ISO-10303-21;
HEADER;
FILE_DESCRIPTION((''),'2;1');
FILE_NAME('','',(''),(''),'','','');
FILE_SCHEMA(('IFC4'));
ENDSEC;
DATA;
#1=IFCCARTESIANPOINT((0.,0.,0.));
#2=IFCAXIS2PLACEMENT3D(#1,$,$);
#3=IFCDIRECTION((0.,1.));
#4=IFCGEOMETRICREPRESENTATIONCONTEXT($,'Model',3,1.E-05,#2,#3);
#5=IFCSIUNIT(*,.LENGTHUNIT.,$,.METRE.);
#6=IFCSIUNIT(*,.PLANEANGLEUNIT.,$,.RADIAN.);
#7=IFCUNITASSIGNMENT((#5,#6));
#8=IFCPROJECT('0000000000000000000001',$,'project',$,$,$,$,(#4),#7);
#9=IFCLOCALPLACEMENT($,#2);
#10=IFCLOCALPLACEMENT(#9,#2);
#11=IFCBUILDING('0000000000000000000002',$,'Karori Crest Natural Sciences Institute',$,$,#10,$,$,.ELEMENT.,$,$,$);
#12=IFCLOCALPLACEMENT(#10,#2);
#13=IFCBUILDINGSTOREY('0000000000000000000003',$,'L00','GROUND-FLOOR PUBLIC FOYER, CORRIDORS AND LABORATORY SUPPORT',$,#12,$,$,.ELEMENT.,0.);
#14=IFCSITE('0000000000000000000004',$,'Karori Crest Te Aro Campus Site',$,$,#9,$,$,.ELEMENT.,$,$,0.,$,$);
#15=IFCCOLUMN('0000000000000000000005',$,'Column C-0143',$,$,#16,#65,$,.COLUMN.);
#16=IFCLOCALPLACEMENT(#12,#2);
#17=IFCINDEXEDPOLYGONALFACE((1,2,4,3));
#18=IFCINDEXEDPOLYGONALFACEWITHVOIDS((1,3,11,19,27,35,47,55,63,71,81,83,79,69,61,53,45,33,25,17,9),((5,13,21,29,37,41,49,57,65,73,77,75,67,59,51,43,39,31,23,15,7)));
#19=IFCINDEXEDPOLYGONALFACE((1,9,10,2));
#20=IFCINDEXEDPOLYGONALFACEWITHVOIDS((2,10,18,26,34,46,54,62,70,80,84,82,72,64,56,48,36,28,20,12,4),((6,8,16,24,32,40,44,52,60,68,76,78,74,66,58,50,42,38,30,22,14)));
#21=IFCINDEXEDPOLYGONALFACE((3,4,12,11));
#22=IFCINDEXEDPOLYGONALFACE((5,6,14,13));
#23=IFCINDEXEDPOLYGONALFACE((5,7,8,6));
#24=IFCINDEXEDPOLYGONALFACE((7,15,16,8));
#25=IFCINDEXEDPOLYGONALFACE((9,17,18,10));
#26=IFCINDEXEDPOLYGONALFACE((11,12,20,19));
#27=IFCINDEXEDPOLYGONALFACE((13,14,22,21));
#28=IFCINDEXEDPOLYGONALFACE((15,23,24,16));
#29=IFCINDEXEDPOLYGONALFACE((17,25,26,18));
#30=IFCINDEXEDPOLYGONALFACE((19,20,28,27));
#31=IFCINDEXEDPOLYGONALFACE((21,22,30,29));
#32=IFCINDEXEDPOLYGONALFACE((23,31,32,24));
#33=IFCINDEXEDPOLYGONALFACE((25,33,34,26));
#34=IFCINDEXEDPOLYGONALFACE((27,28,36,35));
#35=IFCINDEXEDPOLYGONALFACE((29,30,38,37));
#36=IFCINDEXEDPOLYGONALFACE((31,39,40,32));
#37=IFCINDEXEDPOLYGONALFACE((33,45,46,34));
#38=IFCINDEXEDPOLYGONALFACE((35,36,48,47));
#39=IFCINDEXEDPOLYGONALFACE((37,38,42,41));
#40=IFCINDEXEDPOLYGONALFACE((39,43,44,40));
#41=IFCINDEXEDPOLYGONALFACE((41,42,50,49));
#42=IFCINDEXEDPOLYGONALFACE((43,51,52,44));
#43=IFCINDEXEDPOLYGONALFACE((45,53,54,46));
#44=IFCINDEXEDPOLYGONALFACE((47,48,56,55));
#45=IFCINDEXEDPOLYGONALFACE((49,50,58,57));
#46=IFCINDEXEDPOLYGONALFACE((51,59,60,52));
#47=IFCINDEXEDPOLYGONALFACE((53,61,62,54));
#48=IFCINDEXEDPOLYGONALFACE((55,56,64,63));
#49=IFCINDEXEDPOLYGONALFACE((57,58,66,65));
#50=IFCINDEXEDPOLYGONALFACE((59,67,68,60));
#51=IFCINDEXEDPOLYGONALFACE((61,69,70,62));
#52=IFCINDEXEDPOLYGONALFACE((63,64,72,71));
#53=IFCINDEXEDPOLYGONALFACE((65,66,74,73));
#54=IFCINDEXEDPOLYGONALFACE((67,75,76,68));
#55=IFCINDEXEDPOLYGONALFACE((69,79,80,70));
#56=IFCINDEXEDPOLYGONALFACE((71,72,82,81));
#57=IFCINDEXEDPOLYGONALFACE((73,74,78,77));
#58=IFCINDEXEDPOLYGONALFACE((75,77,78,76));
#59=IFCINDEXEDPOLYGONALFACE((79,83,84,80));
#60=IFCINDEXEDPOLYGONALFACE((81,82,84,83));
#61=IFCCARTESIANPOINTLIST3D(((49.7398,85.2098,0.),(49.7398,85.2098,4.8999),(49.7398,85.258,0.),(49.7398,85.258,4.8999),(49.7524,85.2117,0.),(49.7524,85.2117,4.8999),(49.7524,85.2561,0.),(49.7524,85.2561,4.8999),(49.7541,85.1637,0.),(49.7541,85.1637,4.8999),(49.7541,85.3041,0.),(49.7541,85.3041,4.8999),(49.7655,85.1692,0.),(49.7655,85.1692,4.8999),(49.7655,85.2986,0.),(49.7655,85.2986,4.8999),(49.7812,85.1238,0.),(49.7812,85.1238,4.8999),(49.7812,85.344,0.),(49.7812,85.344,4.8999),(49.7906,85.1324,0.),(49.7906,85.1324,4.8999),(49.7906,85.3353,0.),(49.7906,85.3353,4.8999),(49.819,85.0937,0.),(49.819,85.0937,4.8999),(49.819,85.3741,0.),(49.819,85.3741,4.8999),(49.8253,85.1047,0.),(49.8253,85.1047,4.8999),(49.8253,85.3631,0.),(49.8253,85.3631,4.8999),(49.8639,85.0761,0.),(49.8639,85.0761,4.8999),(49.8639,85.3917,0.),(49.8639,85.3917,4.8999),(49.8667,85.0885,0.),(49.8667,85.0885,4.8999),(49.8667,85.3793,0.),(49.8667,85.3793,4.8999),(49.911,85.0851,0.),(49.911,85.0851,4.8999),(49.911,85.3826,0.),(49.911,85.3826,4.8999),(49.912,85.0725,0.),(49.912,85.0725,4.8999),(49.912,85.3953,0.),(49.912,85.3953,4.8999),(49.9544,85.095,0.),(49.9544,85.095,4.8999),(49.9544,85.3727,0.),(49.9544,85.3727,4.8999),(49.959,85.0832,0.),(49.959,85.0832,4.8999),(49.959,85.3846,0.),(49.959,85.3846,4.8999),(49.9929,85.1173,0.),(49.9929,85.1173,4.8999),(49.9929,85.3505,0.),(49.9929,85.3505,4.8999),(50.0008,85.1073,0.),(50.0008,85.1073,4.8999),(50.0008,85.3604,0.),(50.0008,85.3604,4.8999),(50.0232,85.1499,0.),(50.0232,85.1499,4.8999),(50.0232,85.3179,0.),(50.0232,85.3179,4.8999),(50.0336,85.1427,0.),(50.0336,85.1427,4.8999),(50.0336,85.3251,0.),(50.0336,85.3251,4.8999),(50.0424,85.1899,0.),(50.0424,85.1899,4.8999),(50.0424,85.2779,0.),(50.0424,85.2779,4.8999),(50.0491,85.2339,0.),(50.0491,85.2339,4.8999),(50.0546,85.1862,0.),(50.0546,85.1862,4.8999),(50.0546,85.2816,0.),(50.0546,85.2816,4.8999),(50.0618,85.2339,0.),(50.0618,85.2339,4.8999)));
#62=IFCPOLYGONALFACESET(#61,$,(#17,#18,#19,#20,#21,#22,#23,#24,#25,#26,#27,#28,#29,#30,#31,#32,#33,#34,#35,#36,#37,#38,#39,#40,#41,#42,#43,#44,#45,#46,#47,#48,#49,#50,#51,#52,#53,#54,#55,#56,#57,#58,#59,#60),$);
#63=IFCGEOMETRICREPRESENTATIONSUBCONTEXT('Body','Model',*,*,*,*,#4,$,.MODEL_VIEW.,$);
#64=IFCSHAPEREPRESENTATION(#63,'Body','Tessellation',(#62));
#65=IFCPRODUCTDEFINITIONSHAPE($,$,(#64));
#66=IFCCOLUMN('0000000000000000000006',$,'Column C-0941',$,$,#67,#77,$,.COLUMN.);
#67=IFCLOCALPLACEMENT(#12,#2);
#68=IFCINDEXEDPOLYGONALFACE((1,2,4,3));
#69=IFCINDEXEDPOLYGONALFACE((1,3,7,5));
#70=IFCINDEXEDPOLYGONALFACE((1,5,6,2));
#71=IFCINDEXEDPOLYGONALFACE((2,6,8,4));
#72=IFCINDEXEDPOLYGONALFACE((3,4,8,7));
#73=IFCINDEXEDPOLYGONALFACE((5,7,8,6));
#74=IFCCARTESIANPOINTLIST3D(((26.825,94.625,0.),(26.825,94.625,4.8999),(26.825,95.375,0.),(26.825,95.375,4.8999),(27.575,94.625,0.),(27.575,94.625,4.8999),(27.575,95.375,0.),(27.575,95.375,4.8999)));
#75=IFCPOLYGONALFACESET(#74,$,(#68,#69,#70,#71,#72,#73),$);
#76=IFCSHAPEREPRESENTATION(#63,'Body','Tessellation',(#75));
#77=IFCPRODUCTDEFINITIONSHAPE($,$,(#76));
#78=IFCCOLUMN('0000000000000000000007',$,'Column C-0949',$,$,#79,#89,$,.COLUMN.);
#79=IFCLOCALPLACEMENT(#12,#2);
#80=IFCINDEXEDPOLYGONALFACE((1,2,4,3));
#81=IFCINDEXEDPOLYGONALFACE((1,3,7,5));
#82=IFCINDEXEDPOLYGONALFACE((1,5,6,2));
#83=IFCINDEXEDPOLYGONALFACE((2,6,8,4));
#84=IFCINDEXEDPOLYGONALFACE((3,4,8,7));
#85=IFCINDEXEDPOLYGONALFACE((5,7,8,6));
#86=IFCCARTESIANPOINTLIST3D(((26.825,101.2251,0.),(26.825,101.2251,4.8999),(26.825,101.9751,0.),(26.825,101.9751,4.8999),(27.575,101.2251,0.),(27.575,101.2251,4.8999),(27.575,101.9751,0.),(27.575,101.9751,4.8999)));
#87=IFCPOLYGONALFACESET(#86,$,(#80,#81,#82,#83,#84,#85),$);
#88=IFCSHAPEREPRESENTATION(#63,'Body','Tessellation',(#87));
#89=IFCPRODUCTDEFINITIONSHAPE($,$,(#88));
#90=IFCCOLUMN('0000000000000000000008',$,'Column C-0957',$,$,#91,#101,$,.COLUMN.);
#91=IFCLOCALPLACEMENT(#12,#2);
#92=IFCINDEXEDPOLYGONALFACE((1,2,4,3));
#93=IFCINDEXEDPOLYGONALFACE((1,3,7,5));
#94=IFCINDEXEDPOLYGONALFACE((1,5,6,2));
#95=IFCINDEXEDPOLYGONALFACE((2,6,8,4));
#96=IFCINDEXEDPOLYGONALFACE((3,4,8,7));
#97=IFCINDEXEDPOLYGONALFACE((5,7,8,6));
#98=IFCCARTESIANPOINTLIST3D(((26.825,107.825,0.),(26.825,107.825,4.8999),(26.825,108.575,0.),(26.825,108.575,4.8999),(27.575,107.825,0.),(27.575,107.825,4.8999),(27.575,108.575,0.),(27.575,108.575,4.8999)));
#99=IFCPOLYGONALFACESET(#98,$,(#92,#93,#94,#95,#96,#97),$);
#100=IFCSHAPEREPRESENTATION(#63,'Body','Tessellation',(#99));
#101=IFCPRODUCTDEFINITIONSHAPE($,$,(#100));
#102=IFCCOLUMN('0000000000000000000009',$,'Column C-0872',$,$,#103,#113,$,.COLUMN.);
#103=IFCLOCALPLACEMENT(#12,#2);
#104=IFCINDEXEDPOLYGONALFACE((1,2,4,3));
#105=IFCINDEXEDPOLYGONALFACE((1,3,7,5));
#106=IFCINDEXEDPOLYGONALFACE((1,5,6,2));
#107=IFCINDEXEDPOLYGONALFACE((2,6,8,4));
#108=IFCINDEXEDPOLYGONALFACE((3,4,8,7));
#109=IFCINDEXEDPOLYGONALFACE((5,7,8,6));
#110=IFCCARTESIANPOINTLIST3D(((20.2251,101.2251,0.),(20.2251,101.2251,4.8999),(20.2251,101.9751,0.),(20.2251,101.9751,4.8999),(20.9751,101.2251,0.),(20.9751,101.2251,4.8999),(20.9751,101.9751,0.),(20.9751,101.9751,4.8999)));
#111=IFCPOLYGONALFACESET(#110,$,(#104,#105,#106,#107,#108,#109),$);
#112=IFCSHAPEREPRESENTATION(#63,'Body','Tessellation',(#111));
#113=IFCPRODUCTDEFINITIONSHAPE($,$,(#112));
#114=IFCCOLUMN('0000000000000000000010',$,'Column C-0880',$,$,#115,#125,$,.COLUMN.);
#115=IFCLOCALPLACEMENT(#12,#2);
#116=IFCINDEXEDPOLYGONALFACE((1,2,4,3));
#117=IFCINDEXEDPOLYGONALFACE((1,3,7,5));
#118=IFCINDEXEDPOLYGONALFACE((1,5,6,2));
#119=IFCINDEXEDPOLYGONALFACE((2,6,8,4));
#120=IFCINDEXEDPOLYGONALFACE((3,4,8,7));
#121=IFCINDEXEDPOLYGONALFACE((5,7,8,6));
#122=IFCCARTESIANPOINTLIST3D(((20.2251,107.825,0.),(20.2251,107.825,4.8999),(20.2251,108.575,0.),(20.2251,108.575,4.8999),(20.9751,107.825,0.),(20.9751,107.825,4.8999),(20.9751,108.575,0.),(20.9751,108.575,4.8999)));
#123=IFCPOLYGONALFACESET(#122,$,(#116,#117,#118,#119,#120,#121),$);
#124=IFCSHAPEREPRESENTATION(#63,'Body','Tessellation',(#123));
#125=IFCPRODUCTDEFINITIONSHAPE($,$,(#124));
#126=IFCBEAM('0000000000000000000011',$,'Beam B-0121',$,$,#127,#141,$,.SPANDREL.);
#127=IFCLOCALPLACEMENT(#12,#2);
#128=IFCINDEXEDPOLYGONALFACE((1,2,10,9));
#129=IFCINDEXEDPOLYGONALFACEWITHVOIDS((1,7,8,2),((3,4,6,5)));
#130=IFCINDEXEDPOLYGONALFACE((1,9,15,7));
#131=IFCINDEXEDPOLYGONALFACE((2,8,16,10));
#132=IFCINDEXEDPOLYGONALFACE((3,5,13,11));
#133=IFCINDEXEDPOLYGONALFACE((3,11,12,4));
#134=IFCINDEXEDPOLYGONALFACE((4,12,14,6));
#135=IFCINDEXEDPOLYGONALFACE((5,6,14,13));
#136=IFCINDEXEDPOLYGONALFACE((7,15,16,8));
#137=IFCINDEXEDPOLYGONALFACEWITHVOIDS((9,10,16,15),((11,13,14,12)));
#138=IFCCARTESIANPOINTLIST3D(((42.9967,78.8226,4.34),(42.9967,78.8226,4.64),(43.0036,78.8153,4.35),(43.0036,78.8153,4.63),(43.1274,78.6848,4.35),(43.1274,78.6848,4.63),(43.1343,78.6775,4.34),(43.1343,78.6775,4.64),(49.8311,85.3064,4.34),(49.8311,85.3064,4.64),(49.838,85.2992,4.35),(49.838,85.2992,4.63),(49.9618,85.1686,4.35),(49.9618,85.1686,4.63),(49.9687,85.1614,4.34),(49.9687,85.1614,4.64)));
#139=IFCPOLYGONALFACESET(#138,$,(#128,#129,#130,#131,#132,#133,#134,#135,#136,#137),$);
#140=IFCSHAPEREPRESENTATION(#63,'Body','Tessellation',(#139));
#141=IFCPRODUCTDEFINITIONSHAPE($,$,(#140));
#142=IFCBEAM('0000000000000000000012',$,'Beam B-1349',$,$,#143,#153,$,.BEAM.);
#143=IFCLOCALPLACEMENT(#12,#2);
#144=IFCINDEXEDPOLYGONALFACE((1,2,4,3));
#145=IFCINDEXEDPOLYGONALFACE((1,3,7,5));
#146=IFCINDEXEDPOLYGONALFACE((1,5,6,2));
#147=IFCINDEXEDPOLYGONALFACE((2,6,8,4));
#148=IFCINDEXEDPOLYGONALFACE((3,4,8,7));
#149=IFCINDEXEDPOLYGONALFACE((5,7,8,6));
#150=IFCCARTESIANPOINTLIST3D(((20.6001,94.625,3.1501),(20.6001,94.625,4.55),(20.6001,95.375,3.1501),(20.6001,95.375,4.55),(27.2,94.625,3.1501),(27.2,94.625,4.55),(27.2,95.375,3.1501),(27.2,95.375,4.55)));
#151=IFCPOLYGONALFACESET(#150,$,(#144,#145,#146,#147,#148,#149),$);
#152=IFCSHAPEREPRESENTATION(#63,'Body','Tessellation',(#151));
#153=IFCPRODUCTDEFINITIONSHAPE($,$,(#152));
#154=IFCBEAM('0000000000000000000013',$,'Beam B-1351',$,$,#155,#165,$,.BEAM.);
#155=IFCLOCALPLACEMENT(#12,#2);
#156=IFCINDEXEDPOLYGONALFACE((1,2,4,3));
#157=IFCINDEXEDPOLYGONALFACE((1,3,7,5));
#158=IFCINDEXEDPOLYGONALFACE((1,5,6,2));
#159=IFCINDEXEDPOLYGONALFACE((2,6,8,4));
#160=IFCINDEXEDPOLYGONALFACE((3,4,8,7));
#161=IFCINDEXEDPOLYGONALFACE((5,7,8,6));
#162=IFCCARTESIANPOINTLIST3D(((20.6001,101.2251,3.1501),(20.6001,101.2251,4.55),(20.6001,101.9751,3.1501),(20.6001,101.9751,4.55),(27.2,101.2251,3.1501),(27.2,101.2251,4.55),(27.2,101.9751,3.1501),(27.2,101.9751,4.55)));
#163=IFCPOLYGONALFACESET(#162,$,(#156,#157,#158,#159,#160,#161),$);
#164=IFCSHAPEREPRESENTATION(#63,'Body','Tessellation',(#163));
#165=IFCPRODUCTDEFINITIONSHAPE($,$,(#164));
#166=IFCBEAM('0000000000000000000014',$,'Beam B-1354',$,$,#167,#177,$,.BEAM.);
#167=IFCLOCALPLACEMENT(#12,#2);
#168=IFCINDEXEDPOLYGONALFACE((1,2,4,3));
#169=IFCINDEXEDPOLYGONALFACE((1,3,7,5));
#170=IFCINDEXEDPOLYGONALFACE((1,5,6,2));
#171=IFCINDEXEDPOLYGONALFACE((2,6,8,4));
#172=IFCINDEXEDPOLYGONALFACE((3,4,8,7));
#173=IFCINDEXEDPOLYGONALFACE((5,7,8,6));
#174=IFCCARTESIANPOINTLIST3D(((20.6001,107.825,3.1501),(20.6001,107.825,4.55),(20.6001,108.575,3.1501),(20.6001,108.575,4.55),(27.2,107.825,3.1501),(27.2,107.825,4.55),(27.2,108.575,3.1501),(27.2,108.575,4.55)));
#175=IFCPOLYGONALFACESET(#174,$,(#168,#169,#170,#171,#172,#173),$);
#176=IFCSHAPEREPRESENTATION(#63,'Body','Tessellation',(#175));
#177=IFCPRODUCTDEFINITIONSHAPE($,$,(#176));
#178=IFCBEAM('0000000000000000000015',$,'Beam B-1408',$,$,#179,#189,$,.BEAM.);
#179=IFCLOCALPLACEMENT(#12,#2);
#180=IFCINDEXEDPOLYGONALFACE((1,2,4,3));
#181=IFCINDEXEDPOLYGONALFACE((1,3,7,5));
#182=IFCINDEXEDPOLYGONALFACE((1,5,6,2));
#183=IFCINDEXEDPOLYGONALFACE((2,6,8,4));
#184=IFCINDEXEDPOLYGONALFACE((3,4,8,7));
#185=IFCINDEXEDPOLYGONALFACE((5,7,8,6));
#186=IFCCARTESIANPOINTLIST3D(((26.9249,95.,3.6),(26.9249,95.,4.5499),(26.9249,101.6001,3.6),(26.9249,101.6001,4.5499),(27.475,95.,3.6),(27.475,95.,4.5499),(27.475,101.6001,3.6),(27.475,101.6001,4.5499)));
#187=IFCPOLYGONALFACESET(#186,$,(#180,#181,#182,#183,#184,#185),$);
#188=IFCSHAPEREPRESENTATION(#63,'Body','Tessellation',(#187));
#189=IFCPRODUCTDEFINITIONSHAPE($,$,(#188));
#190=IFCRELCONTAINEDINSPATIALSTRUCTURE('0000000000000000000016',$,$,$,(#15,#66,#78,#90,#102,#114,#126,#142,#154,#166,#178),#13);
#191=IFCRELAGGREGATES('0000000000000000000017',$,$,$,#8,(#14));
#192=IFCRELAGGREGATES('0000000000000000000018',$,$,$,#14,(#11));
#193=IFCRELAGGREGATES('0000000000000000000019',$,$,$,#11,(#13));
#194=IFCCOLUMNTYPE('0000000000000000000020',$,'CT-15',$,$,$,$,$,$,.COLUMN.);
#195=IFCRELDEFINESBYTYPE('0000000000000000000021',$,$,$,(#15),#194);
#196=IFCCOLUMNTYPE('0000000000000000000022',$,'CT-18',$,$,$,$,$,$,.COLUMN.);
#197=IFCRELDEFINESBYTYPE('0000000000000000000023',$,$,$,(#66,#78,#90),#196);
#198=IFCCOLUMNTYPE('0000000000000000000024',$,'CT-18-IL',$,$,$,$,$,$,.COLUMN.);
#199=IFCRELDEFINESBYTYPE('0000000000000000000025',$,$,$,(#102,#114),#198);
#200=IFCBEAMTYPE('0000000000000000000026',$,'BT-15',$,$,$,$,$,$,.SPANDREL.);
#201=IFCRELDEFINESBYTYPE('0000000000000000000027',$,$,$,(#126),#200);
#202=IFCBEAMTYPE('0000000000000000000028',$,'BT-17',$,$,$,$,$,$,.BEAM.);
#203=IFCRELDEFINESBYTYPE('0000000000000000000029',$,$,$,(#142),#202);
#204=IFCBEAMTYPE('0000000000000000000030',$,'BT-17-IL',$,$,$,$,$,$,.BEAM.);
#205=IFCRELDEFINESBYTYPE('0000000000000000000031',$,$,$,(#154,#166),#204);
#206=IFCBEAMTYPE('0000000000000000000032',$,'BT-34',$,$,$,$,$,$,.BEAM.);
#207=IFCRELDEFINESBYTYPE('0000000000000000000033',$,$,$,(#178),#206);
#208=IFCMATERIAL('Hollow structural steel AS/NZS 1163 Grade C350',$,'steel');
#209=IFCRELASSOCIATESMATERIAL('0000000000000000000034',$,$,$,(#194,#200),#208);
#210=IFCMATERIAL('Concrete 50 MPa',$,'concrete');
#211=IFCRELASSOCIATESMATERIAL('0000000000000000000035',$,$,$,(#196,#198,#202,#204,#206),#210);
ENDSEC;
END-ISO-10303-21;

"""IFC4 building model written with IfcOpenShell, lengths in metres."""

from ifc_helpers import new_model, si_unit, direction, frame, origin, origin_2d, place, context, subcontext, project, spatial, rectangle, hollow_rectangle, hollow_circle, extrude, material, material_profile, profile_set, type_object, element, save


model = new_model("IFC4")

# Units and contexts
model_context = context("Model", 3, precision=1e-05, world=origin(), true_north=direction((0.0, 1.0)))
body_context = subcontext(model_context, "Body", "Model", "MODEL_VIEW")
ifc_project = project(units=[si_unit("LENGTHUNIT", "METRE"), si_unit("PLANEANGLEUNIT", "RADIAN")], contexts=[model_context])

# Site, building, storey
site_placement = place(None, origin())
site = spatial("IfcSite", under=ifc_project, at=site_placement, Name="Karori Crest Te Aro Campus Site", CompositionType="ELEMENT", RefElevation=0.0)
building_placement = place(site_placement, origin())
building = spatial("IfcBuilding", under=site, at=building_placement, Name="Karori Crest Natural Sciences Institute", CompositionType="ELEMENT")
storey_placement = place(building_placement, origin())
storey = spatial("IfcBuildingStorey", under=building, at=storey_placement, Name="L00", Description="GROUND-FLOOR PUBLIC FOYER, CORRIDORS AND LABORATORY SUPPORT", CompositionType="ELEMENT", Elevation=0.0)

# Columns
ifc_material_1 = material(Name="Hollow structural steel AS/NZS 1163 Grade C350", Category="steel")
ifc_material_profile_1 = material_profile(ifc_material_1, hollow_circle(Radius=0.1619, WallThickness=0.0127, at=origin_2d()), Name="CHS323.9x12.7")
ifc_profile_set_1 = profile_set([ifc_material_profile_1], Name="Hollow structural steel AS/NZS 1163 Grade C350")
column_type_1 = type_object("IfcColumnType", Name="CT-15", PredefinedType="COLUMN", material=ifc_profile_set_1)
column_placement = place(storey_placement, frame((49.8999, 85.2339, 0.0), z_axis=(0.0, 0.0, 1.0), x_axis=(1.0, 0.0, 0.0)))
element("IfcColumn", 1, at=column_placement, inside=storey, type_object=column_type_1, Name="Column C-0143", PredefinedType="COLUMN", context=body_context, shape_type="SweptSolid", body=[
    extrude(hollow_circle(Radius=0.1619, WallThickness=0.0127, at=origin_2d()), origin(), (0.0, 0.0, 1.0), 4.8999),
])
ifc_material_2 = material(Name="Concrete 50 MPa", Category="concrete")
ifc_material_profile_2 = material_profile(ifc_material_2, rectangle(XDim=0.75, YDim=0.75, at=origin_2d()), Name="RC750x750")
ifc_profile_set_2 = profile_set([ifc_material_profile_2], Name="Concrete 50 MPa")
column_type_2 = type_object("IfcColumnType", Name="CT-18", PredefinedType="COLUMN", material=ifc_profile_set_2)
for number, where, z_axis, x_axis, name in (
    (2, (27.2, 95.0, 0.0), (0.0, 0.0, 1.0), (1.0, 0.0, 0.0), "Column C-0941"),
    (3, (27.2, 101.6001, 0.0), (0.0, 0.0, 1.0), (1.0, 0.0, 0.0), "Column C-0949"),
    (4, (27.2, 108.2, 0.0), (0.0, 0.0, 1.0), (1.0, 0.0, 0.0), "Column C-0957"),
):
    element("IfcColumn", number, at=place(storey_placement, frame(where, z_axis=z_axis, x_axis=x_axis)), inside=storey, type_object=column_type_2, Name=name, PredefinedType="COLUMN", context=body_context, shape_type="SweptSolid", body=[
        extrude(rectangle(XDim=0.75, YDim=0.75, at=origin_2d()), origin(), (0.0, 0.0, 1.0), 4.8999),
    ])
ifc_material_profile_3 = material_profile(ifc_material_2, rectangle(XDim=0.75, YDim=0.75, at=origin_2d()), Name="RC750x750")
ifc_profile_set_3 = profile_set([ifc_material_profile_3], Name="Concrete 50 MPa")
column_type_3 = type_object("IfcColumnType", Name="CT-18-IL", PredefinedType="COLUMN", material=ifc_profile_set_3)
for number, where, z_axis, x_axis, name in (
    (5, (20.6001, 101.6001, 0.0), (0.0, 0.0, 1.0), (1.0, 0.0, 0.0), "Column C-0872"),
    (6, (20.6001, 108.2, 0.0), (0.0, 0.0, 1.0), (1.0, 0.0, 0.0), "Column C-0880"),
):
    element("IfcColumn", number, at=place(storey_placement, frame(where, z_axis=z_axis, x_axis=x_axis)), inside=storey, type_object=column_type_3, Name=name, PredefinedType="COLUMN", context=body_context, shape_type="SweptSolid", body=[
        extrude(rectangle(XDim=0.75, YDim=0.75, at=origin_2d()), origin(), (0.0, 0.0, 1.0), 4.8999),
    ])

# Beams
ifc_material_profile_4 = material_profile(ifc_material_1, hollow_rectangle(XDim=0.2, YDim=0.3, WallThickness=0.01, at=origin_2d()), Name="RHS300x200x10")
ifc_profile_set_4 = profile_set([ifc_material_profile_4], Name="Hollow structural steel AS/NZS 1163 Grade C350")
beam_type_1 = type_object("IfcBeamType", Name="BT-15", PredefinedType="SPANDREL", material=ifc_profile_set_4)
beam_1_placement = place(storey_placement, frame((49.8999, 85.2339, 4.49), z_axis=(-0.725469, -0.688255, 0.0), x_axis=(0.688255, -0.725469, 0.0)))
element("IfcBeam", 7, at=beam_1_placement, inside=storey, type_object=beam_type_1, Name="Beam B-0121", PredefinedType="SPANDREL", context=body_context, shape_type="SweptSolid", body=[
    extrude(hollow_rectangle(XDim=0.2, YDim=0.3, WallThickness=0.01, at=origin_2d()), origin(), (0.0, 0.0, 1.0), 9.4207),
])
ifc_material_profile_5 = material_profile(ifc_material_2, rectangle(XDim=0.75, YDim=1.3999, at=origin_2d()), Name="RCB750x1400")
ifc_profile_set_5 = profile_set([ifc_material_profile_5], Name="Concrete 50 MPa")
beam_type_2 = type_object("IfcBeamType", Name="BT-17", PredefinedType="BEAM", material=ifc_profile_set_5)
beam_2_placement = place(storey_placement, frame((20.6001, 95.0, 3.8501), z_axis=(1.0, 0.0, 0.0), x_axis=(0.0, 1.0, 0.0)))
element("IfcBeam", 8, at=beam_2_placement, inside=storey, type_object=beam_type_2, Name="Beam B-1349", PredefinedType="BEAM", context=body_context, shape_type="SweptSolid", body=[
    extrude(rectangle(XDim=0.75, YDim=1.3999, at=origin_2d()), origin(), (0.0, 0.0, 1.0), 6.5999),
])
ifc_material_profile_6 = material_profile(ifc_material_2, rectangle(XDim=0.75, YDim=1.3999, at=origin_2d()), Name="RCB750x1400")
ifc_profile_set_6 = profile_set([ifc_material_profile_6], Name="Concrete 50 MPa")
beam_type_3 = type_object("IfcBeamType", Name="BT-17-IL", PredefinedType="BEAM", material=ifc_profile_set_6)
for number, where, z_axis, x_axis, name in (
    (9, (20.6001, 101.6001, 3.8501), (1.0, 0.0, 0.0), (0.0, 1.0, 0.0), "Beam B-1351"),
    (10, (20.6001, 108.2, 3.8501), (1.0, 0.0, 0.0), (0.0, 1.0, 0.0), "Beam B-1354"),
):
    element("IfcBeam", number, at=place(storey_placement, frame(where, z_axis=z_axis, x_axis=x_axis)), inside=storey, type_object=beam_type_3, Name=name, PredefinedType="BEAM", context=body_context, shape_type="SweptSolid", body=[
        extrude(rectangle(XDim=0.75, YDim=1.3999, at=origin_2d()), origin(), (0.0, 0.0, 1.0), 6.5999),
    ])
ifc_material_profile_7 = material_profile(ifc_material_2, rectangle(XDim=0.55, YDim=0.95, at=origin_2d()), Name="RCB550x950")
ifc_profile_set_7 = profile_set([ifc_material_profile_7], Name="Concrete 50 MPa")
beam_type_4 = type_object("IfcBeamType", Name="BT-34", PredefinedType="BEAM", material=ifc_profile_set_7)
beam_3_placement = place(storey_placement, frame((27.2, 95.0, 4.075), z_axis=(0.0, 1.0, 0.0), x_axis=(-1.0, 0.0, 0.0)))
element("IfcBeam", 11, at=beam_3_placement, inside=storey, type_object=beam_type_4, Name="Beam B-1408", PredefinedType="BEAM", context=body_context, shape_type="SweptSolid", body=[
    extrude(rectangle(XDim=0.55, YDim=0.95, at=origin_2d()), origin(), (0.0, 0.0, 1.0), 6.6001),
])

save(model, "model.ifc")
